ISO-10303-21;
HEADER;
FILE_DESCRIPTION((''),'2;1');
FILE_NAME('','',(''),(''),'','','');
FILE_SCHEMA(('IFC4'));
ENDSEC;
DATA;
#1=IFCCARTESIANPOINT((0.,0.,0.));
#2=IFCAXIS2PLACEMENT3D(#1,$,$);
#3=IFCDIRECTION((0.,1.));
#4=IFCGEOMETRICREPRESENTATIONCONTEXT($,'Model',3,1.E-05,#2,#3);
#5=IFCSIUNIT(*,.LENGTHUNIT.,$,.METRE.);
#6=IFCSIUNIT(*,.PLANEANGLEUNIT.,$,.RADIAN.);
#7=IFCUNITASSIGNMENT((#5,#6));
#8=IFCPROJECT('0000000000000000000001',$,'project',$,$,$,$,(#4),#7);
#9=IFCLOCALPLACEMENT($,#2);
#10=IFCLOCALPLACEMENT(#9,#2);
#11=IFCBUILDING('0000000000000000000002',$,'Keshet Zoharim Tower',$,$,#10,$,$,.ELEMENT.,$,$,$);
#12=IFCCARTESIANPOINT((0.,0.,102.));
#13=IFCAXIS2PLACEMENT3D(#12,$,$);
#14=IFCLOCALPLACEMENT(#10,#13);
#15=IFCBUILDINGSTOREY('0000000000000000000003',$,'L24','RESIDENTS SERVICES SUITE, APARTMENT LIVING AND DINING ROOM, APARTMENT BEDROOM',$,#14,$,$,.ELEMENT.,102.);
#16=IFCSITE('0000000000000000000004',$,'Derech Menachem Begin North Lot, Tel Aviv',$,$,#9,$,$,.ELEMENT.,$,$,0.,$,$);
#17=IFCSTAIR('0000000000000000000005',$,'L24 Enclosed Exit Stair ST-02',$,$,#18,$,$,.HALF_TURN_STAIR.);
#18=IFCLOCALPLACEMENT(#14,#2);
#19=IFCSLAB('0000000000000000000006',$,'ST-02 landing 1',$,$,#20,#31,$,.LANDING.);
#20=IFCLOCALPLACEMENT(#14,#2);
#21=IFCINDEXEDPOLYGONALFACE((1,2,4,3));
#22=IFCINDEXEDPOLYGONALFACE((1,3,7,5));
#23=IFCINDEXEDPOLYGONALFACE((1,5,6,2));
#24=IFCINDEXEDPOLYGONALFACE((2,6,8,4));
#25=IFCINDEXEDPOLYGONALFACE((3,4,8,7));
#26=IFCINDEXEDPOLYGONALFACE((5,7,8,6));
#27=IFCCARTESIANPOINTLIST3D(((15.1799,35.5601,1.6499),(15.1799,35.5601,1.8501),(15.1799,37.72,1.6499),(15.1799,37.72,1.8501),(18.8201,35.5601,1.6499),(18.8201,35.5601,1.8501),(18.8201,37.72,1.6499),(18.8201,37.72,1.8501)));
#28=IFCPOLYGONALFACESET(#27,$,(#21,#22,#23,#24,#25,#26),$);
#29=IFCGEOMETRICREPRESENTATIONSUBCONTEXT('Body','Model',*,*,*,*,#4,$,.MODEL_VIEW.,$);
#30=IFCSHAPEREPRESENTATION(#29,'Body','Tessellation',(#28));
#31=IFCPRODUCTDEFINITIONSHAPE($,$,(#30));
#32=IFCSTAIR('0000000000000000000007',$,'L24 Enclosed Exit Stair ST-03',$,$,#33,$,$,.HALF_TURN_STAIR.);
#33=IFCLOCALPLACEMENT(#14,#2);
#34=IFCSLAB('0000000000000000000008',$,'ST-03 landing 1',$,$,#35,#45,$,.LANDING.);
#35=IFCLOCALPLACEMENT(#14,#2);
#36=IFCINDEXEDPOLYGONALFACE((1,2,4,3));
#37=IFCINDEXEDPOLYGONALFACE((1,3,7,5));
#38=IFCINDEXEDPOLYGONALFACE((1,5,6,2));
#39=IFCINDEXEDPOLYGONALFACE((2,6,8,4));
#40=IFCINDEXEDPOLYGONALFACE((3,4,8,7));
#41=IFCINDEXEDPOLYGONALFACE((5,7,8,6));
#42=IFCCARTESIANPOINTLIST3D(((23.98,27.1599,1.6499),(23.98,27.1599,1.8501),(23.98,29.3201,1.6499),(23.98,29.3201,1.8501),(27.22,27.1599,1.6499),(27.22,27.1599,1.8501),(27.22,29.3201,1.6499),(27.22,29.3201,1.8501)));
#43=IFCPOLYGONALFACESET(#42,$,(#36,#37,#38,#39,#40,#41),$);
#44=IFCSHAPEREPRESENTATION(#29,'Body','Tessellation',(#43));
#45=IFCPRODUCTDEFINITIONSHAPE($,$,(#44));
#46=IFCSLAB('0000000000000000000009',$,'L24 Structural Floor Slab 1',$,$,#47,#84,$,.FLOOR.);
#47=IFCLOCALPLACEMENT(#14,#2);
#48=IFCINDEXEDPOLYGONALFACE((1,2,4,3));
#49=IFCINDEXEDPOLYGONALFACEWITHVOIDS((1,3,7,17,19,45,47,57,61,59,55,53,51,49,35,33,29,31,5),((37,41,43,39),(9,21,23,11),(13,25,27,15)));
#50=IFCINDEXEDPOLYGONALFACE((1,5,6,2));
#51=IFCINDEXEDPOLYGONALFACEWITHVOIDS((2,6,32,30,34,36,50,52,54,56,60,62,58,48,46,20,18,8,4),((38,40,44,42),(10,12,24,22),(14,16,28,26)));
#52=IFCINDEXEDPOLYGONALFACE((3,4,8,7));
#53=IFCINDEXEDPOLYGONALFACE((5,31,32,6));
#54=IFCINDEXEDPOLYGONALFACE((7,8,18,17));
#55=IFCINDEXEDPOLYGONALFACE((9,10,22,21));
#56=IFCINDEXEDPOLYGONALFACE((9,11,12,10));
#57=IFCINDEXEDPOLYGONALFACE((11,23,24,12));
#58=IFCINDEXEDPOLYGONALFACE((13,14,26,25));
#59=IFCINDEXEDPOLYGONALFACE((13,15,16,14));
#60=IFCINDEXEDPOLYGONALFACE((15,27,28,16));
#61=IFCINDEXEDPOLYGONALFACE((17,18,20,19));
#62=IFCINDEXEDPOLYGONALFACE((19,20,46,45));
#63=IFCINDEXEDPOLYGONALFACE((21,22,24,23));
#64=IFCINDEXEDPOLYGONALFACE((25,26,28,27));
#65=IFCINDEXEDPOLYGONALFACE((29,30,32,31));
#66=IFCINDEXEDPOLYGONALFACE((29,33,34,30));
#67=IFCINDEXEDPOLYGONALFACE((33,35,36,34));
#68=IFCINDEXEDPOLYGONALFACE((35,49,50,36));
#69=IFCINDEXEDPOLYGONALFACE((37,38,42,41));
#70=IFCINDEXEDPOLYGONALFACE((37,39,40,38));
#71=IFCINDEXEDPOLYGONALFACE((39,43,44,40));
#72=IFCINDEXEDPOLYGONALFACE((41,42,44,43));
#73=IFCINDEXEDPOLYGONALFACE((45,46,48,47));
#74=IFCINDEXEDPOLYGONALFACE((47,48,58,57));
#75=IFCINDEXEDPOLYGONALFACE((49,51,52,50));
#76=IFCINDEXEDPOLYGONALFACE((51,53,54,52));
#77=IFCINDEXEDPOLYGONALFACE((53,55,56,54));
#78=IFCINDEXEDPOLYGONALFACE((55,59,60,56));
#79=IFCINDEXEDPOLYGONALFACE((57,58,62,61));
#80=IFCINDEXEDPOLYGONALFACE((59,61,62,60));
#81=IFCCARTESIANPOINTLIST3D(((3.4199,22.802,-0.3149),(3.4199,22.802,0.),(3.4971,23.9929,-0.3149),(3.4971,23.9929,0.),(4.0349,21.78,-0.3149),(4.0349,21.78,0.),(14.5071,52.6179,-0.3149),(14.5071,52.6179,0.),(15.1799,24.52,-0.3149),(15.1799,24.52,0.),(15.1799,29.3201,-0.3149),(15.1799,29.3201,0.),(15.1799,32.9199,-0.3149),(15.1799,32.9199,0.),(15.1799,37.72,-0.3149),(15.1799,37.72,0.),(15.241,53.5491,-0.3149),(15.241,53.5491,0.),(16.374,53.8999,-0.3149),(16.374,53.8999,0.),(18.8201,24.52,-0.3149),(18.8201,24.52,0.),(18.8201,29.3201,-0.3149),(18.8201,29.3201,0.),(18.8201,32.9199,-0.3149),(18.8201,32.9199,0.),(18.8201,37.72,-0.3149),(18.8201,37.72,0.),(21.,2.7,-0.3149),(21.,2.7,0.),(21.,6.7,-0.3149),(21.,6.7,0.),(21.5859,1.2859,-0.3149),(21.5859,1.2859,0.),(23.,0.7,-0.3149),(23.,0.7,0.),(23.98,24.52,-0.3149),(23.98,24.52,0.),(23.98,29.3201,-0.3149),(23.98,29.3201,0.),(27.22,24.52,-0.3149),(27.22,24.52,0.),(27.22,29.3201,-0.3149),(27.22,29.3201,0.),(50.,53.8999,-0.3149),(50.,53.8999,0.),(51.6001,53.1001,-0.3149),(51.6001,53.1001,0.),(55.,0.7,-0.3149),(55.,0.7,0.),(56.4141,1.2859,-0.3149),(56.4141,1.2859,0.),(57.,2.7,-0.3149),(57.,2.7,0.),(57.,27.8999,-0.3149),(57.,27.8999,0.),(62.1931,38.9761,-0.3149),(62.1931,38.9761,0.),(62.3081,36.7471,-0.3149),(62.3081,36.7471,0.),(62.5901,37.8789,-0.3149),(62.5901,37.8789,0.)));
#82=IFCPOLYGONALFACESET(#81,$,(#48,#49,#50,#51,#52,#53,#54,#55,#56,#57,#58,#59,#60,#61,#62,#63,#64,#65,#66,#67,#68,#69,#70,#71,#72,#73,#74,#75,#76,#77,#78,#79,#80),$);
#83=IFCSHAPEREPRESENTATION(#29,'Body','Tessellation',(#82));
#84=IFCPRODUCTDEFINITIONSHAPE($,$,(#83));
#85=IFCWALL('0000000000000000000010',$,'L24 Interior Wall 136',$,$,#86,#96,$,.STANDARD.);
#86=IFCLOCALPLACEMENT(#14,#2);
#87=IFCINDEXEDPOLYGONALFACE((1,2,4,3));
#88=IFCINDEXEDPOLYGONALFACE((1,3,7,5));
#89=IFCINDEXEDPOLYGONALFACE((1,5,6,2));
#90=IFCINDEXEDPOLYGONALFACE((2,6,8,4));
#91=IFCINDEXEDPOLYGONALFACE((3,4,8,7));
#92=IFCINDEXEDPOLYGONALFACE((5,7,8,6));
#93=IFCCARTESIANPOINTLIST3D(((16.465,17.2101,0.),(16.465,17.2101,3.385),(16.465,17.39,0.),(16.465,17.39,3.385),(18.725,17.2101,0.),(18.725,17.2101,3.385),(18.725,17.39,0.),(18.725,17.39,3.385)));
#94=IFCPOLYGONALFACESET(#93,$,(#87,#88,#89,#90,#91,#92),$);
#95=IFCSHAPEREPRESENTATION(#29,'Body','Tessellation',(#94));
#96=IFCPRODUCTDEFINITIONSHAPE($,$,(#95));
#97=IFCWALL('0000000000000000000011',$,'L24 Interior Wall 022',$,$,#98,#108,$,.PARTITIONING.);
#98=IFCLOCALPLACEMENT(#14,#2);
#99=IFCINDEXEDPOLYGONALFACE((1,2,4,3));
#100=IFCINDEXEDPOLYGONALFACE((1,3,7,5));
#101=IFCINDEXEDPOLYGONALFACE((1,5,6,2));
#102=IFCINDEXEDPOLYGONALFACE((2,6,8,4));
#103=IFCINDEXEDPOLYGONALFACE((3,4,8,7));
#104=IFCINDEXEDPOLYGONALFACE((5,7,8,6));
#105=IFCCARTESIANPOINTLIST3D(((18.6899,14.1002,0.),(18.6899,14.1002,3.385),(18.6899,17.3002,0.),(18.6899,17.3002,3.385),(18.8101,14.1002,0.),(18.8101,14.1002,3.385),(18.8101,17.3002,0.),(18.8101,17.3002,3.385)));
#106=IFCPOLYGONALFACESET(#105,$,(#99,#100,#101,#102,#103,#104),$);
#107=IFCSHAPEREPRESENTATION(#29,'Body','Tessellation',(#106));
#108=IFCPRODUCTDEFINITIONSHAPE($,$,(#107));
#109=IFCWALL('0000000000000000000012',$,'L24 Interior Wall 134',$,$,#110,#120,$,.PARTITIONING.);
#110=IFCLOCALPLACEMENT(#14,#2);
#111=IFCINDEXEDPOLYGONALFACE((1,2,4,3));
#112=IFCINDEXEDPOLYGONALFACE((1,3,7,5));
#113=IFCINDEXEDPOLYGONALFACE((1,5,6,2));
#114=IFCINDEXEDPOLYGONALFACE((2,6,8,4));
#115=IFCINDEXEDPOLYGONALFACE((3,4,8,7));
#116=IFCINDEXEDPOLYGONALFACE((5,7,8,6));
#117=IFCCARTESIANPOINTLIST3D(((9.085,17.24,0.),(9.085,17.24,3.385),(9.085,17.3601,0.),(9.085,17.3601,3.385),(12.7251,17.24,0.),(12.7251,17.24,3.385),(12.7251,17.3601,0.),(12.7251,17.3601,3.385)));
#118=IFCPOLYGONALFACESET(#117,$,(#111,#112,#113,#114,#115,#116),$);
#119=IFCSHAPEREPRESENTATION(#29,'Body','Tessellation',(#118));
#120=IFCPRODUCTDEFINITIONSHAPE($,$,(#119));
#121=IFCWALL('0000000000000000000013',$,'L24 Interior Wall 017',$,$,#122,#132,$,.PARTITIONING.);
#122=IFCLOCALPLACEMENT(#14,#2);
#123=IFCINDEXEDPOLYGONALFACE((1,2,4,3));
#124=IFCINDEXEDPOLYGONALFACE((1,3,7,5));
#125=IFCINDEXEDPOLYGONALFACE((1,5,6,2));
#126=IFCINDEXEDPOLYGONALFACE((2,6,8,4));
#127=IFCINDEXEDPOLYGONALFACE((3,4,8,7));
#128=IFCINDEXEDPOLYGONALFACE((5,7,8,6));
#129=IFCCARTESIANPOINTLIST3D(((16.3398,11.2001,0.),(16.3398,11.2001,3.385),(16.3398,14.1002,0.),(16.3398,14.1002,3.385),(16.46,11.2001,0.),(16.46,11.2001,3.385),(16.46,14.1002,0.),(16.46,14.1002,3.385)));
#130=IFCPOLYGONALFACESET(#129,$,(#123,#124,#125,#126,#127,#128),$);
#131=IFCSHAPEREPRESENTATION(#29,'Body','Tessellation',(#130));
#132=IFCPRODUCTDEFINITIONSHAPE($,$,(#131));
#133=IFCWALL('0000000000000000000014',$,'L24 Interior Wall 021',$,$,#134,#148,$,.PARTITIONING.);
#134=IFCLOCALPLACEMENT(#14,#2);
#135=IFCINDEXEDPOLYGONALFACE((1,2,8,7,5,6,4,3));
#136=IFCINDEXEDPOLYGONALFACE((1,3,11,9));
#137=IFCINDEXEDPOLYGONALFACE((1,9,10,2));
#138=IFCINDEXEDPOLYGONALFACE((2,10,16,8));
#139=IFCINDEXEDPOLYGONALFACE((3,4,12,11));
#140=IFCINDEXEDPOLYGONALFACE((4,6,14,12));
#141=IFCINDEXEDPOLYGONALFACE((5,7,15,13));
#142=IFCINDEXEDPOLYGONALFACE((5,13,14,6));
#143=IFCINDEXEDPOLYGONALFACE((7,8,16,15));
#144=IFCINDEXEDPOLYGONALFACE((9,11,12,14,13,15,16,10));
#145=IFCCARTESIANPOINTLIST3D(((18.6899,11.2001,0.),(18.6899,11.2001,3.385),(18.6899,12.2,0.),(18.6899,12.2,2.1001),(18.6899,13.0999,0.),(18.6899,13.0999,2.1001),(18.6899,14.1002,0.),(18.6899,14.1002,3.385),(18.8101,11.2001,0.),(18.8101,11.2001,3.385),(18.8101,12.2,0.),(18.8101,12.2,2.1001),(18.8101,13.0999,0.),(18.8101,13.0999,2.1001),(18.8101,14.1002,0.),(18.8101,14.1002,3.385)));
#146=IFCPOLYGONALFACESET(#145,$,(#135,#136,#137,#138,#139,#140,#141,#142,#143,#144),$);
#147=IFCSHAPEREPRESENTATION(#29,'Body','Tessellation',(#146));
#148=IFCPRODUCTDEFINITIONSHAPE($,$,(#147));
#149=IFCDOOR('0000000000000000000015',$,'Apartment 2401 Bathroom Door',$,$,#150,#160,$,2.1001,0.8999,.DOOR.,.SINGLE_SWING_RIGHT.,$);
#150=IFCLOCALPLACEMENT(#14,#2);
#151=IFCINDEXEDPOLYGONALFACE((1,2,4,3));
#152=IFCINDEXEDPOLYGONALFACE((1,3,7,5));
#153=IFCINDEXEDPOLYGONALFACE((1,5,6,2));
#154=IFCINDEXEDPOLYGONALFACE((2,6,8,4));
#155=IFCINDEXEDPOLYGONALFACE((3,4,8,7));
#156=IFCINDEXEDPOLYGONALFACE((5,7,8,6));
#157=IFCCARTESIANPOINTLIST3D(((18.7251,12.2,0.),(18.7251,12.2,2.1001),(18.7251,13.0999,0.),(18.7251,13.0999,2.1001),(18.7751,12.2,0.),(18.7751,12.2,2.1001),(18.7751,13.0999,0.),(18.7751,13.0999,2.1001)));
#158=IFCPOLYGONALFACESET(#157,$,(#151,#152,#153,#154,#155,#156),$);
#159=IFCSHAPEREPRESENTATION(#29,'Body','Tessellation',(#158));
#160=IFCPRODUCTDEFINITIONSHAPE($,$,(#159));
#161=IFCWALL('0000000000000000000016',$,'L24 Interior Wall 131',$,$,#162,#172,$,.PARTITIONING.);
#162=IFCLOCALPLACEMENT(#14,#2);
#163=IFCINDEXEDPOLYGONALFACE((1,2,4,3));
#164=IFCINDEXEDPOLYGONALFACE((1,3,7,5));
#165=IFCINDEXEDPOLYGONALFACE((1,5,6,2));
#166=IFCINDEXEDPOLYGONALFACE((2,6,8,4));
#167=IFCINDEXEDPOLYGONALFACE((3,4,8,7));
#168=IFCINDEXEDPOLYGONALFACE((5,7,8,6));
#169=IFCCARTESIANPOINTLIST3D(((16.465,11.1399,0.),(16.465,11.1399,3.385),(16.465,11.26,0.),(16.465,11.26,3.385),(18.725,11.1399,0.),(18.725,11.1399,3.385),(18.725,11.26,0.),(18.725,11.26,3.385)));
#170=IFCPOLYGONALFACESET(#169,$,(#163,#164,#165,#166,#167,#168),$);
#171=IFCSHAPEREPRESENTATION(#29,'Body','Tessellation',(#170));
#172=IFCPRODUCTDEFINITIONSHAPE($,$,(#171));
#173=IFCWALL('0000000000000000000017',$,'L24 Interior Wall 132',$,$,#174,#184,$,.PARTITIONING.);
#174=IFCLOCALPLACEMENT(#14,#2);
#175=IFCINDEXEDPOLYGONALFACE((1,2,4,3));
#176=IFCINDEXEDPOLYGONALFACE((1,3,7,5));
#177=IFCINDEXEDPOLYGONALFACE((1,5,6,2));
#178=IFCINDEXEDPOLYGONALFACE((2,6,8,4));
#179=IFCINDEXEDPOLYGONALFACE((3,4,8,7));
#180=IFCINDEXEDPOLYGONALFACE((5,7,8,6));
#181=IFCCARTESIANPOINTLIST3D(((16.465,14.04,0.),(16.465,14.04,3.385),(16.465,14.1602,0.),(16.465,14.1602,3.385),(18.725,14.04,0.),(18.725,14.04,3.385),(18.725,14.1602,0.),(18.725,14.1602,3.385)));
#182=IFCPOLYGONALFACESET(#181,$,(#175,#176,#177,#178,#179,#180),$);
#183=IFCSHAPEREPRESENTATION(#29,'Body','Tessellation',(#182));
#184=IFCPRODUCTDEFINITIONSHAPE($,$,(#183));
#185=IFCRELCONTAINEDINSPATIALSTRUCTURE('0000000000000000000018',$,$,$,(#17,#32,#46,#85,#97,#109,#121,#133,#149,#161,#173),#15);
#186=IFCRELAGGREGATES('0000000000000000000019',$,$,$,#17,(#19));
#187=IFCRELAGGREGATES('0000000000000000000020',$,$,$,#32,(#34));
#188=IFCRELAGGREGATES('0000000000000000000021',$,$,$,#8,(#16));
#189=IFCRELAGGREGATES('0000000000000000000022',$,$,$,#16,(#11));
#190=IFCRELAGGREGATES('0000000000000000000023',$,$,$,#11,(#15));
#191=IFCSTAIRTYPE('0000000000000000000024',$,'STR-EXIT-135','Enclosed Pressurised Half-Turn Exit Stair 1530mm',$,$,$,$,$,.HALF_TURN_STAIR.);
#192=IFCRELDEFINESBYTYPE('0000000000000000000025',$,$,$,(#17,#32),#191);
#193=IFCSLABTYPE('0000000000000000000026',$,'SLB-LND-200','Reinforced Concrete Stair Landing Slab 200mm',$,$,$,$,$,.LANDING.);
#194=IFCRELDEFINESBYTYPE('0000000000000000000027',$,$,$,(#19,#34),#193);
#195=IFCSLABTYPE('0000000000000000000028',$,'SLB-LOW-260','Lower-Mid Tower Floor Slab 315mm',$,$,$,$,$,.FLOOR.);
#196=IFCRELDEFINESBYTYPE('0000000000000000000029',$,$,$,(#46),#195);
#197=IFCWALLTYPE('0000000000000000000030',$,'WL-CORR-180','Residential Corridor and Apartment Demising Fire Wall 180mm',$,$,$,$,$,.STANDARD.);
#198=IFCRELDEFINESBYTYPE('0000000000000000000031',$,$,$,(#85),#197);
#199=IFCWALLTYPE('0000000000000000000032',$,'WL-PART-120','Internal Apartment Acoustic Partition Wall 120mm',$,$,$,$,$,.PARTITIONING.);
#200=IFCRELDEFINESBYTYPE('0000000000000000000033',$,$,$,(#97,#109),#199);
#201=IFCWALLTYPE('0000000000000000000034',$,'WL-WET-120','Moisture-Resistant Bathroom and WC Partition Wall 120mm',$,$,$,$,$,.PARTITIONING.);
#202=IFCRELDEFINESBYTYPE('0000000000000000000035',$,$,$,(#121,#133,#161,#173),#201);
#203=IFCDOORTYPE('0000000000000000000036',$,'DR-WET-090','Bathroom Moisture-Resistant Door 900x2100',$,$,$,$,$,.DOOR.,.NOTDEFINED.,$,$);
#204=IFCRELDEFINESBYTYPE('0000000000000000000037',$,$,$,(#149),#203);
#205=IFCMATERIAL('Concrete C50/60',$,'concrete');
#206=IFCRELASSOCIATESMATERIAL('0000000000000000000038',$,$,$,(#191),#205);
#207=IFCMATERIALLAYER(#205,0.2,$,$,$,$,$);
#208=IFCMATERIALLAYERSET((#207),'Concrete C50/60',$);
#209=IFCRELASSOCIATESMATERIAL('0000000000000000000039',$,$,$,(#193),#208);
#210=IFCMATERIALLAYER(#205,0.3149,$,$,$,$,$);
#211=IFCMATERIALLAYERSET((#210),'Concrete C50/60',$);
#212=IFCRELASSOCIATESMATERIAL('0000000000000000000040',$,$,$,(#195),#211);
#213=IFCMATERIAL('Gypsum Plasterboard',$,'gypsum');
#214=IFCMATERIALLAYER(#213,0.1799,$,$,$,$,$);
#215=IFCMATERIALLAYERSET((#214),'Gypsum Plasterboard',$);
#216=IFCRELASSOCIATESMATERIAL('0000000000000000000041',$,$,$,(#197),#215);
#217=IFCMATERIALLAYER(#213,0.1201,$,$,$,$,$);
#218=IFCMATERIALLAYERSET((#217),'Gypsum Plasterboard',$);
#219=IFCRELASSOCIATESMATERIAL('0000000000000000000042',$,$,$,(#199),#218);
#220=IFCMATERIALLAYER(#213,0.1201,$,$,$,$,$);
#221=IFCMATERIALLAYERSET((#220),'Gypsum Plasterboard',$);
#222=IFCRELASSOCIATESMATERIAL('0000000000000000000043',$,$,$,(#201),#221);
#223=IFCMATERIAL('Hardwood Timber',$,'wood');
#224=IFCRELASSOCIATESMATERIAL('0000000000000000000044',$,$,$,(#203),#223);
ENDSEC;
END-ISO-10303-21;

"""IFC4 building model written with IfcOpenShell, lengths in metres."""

from ifc_helpers import new_model, si_unit, direction, frame, frame_2d, origin, place, context, subcontext, project, spatial, polyline, rectangle, outline, extrude, material, layer, layer_set, type_object, element, fill, aggregate, save


model = new_model("IFC4")

# Units and contexts
model_context = context("Model", 3, precision=1e-05, world=origin(), true_north=direction((0.0, 1.0)))
body_context = subcontext(model_context, "Body", "Model", "MODEL_VIEW")
ifc_project = project(units=[si_unit("LENGTHUNIT", "METRE"), si_unit("PLANEANGLEUNIT", "RADIAN")], contexts=[model_context])

# Site, building, storey
site_placement = place(None, origin())
site = spatial("IfcSite", under=ifc_project, at=site_placement, Name="Derech Menachem Begin North Lot, Tel Aviv", CompositionType="ELEMENT", RefElevation=0.0)
building_placement = place(site_placement, origin())
building = spatial("IfcBuilding", under=site, at=building_placement, Name="Keshet Zoharim Tower", CompositionType="ELEMENT")
storey_placement = place(building_placement, frame((0.0, 0.0, 102.0)))
storey = spatial("IfcBuildingStorey", under=building, at=storey_placement, Name="L24", Description="RESIDENTS SERVICES SUITE, APARTMENT LIVING AND DINING ROOM, APARTMENT BEDROOM", CompositionType="ELEMENT", Elevation=102.0)

# Stairs, slabs
ifc_material_1 = material(Name="Concrete C50/60", Category="concrete")
stair_type = type_object("IfcStairType", Name="STR-EXIT-135", Description="Enclosed Pressurised Half-Turn Exit Stair 1530mm", PredefinedType="HALF_TURN_STAIR", material=ifc_material_1)
ifc_layer_1 = layer(ifc_material_1, 0.2)
ifc_layer_set_1 = layer_set([ifc_layer_1], Name="Concrete C50/60")
slab_type_1 = type_object("IfcSlabType", Name="SLB-LND-200", Description="Reinforced Concrete Stair Landing Slab 200mm", PredefinedType="LANDING", material=ifc_layer_set_1)
stair_1_placement = place(storey_placement, origin())
stair_1 = element("IfcStair", 1, at=stair_1_placement, inside=storey, type_object=stair_type, Name="L24 Enclosed Exit Stair ST-02", PredefinedType="HALF_TURN_STAIR")
slab_1_placement = place(storey_placement, frame((0.0, 0.0, 1.6499)))
slab_1 = element("IfcSlab", 2, at=slab_1_placement, type_object=slab_type_1, Name="ST-02 landing 1", PredefinedType="LANDING", context=body_context, shape_type="SweptSolid", body=[
    extrude(outline(polyline([(15.1799, 35.5601), (18.8201, 35.5601), (18.8201, 37.72), (15.1799, 37.72), (15.1799, 35.5601)])), origin(), (0.0, 0.0, 1.0), 0.2002),
])
aggregate(stair_1, [slab_1])
stair_2_placement = place(storey_placement, origin())
stair_2 = element("IfcStair", 3, at=stair_2_placement, inside=storey, type_object=stair_type, Name="L24 Enclosed Exit Stair ST-03", PredefinedType="HALF_TURN_STAIR")
slab_2_placement = place(storey_placement, frame((0.0, 0.0, 1.6499)))
slab_2 = element("IfcSlab", 4, at=slab_2_placement, type_object=slab_type_1, Name="ST-03 landing 1", PredefinedType="LANDING", context=body_context, shape_type="SweptSolid", body=[
    extrude(outline(polyline([(23.98, 27.1599), (27.22, 27.1599), (27.22, 29.3201), (23.98, 29.3201), (23.98, 27.1599)])), origin(), (0.0, 0.0, 1.0), 0.2002),
])
aggregate(stair_2, [slab_2])

# Slab
ifc_layer_2 = layer(ifc_material_1, 0.3149)
ifc_layer_set_2 = layer_set([ifc_layer_2], Name="Concrete C50/60")
slab_type_2 = type_object("IfcSlabType", Name="SLB-LOW-260", Description="Lower-Mid Tower Floor Slab 315mm", PredefinedType="FLOOR", material=ifc_layer_set_2)
slab_3_placement = place(storey_placement, frame((0.0, 0.0, -0.3149)))
element("IfcSlab", 5, at=slab_3_placement, inside=storey, type_object=slab_type_2, Name="L24 Structural Floor Slab 1", PredefinedType="FLOOR", context=body_context, shape_type="SweptSolid", body=[
    extrude(outline(polyline([(57.0, 2.7), (56.4141, 1.2859), (55.0, 0.7), (23.0, 0.7), (21.5859, 1.2859), (21.0, 2.7), (21.0, 6.7), (4.0349, 21.78), (3.4199, 22.802), (3.4971, 23.9929), (14.5071, 52.6179), (15.241, 53.5491), (16.374, 53.8999), (50.0, 53.8999), (51.6001, 53.1001), (62.1931, 38.9761), (62.5901, 37.8789), (62.3081, 36.7471), (57.0, 27.8999), (57.0, 2.7)]), holes=[polyline([(15.1799, 24.52), (18.8201, 24.52), (18.8201, 29.3201), (15.1799, 29.3201), (15.1799, 24.52)]), polyline([(15.1799, 32.9199), (18.8201, 32.9199), (18.8201, 37.72), (15.1799, 37.72), (15.1799, 32.9199)]), polyline([(23.98, 24.52), (27.22, 24.52), (27.22, 29.3201), (23.98, 29.3201), (23.98, 24.52)])]), origin(), (0.0, 0.0, 1.0), 0.3149),
])

# Shared definitions
ifc_material_2 = material(Name="Gypsum Plasterboard", Category="gypsum")
ifc_layer_3 = layer(ifc_material_2, 0.1799)
ifc_layer_set_3 = layer_set([ifc_layer_3], Name="Gypsum Plasterboard")
wall_type_1 = type_object("IfcWallType", Name="WL-CORR-180", Description="Residential Corridor and Apartment Demising Fire Wall 180mm", PredefinedType="STANDARD", material=ifc_layer_set_3)
ifc_material_3 = material(Name="Hardwood Timber", Category="wood")

# Wall
wall_1_placement = place(storey_placement, frame((16.4651, 17.3, 0.0), z_axis=(0.0, 0.0, 1.0), x_axis=(1.0, 0.0, 0.0)))
element("IfcWall", 6, at=wall_1_placement, inside=storey, type_object=wall_type_1, Name="L24 Interior Wall 136", PredefinedType="STANDARD", context=body_context, shape_type="SweptSolid", body=[
    extrude(rectangle(XDim=2.26, YDim=0.1799, at=frame_2d((1.1299, 0.0))), origin(), (0.0, 0.0, 1.0), 3.385),
])

# Shared definitions
ifc_layer_4 = layer(ifc_material_2, 0.1201)
ifc_layer_set_4 = layer_set([ifc_layer_4], Name="Gypsum Plasterboard")
wall_type_2 = type_object("IfcWallType", Name="WL-PART-120", Description="Internal Apartment Acoustic Partition Wall 120mm", PredefinedType="PARTITIONING", material=ifc_layer_set_4)

# Walls
wall_2_placement = place(storey_placement, frame((18.75, 14.1001, 0.0), z_axis=(0.0, 0.0, 1.0), x_axis=(0.0, 1.0, 0.0)))
element("IfcWall", 7, at=wall_2_placement, inside=storey, type_object=wall_type_2, Name="L24 Interior Wall 022", PredefinedType="PARTITIONING", context=body_context, shape_type="SweptSolid", body=[
    extrude(rectangle(XDim=3.2, YDim=0.1201, at=frame_2d((1.6001, 0.0))), origin(), (0.0, 0.0, 1.0), 3.385),
])
wall_3_placement = place(storey_placement, frame((9.085, 17.3, 0.0), z_axis=(0.0, 0.0, 1.0), x_axis=(1.0, 0.0, 0.0)))
element("IfcWall", 8, at=wall_3_placement, inside=storey, type_object=wall_type_2, Name="L24 Interior Wall 134", PredefinedType="PARTITIONING", context=body_context, shape_type="SweptSolid", body=[
    extrude(rectangle(XDim=3.6401, YDim=0.1201, at=frame_2d((1.8201, 0.0))), origin(), (0.0, 0.0, 1.0), 3.385),
])
ifc_layer_5 = layer(ifc_material_2, 0.1201)
ifc_layer_set_5 = layer_set([ifc_layer_5], Name="Gypsum Plasterboard")
wall_type_3 = type_object("IfcWallType", Name="WL-WET-120", Description="Moisture-Resistant Bathroom and WC Partition Wall 120mm", PredefinedType="PARTITIONING", material=ifc_layer_set_5)
wall_4_placement = place(storey_placement, frame((16.3999, 11.2, 0.0), z_axis=(0.0, 0.0, 1.0), x_axis=(0.0, 1.0, 0.0)))
element("IfcWall", 9, at=wall_4_placement, inside=storey, type_object=wall_type_3, Name="L24 Interior Wall 017", PredefinedType="PARTITIONING", context=body_context, shape_type="SweptSolid", body=[
    extrude(rectangle(XDim=2.9001, YDim=0.1201, at=frame_2d((1.4502, 0.0))), origin(), (0.0, 0.0, 1.0), 3.385),
])

# Wall, opening, door
wall_5_placement = place(storey_placement, frame((18.75, 11.2, 0.0), z_axis=(0.0, 0.0, 1.0), x_axis=(0.0, 1.0, 0.0)))
wall_5 = element("IfcWall", 10, at=wall_5_placement, inside=storey, type_object=wall_type_3, Name="L24 Interior Wall 021", PredefinedType="PARTITIONING", context=body_context, shape_type="SweptSolid", body=[
    extrude(rectangle(XDim=2.9001, YDim=0.1201, at=frame_2d((1.4502, 0.0))), origin(), (0.0, 0.0, 1.0), 3.385),
])
opening_1_placement = place(wall_5_placement, frame((1.0, 0.0, 0.0)))
opening_1 = element("IfcOpeningElement", 11, at=opening_1_placement, cuts=wall_5, PredefinedType="OPENING", context=body_context, shape_type="SweptSolid", body=[
    extrude(rectangle(XDim=0.8999, YDim=2.1001, at=frame_2d((0.45, 1.05))), frame((0.0, 0.0701, 0.0), z_axis=(0.0, -1.0, 0.0), x_axis=(1.0, 0.0, 0.0)), (0.0, 0.0, 1.0), 0.1401),
])
door_type_1 = type_object("IfcDoorType", Name="DR-WET-090", Description="Bathroom Moisture-Resistant Door 900x2100", OperationType="NOTDEFINED", PredefinedType="DOOR", material=ifc_material_3)
door_1_placement = place(opening_1_placement, origin())
door_1 = element("IfcDoor", 12, at=door_1_placement, inside=storey, type_object=door_type_1, Name="Apartment 2401 Bathroom Door", OperationType="SINGLE_SWING_RIGHT", OverallHeight=2.1001, OverallWidth=0.8999, PredefinedType="DOOR", context=body_context, shape_type="SweptSolid", body=[
    extrude(rectangle(XDim=0.8999, YDim=2.1001, at=frame_2d((0.45, 1.05))), frame((0.0, 0.0249, 0.0), z_axis=(0.0, -1.0, 0.0), x_axis=(1.0, 0.0, 0.0)), (0.0, 0.0, 1.0), 0.05),
])
fill(opening_1, door_1)

# Walls
for number, where, z_axis, x_axis, name in (
    (13, (16.4651, 11.2, 0.0), (0.0, 0.0, 1.0), (1.0, 0.0, 0.0), "L24 Interior Wall 131"),
    (14, (16.4651, 14.1001, 0.0), (0.0, 0.0, 1.0), (1.0, 0.0, 0.0), "L24 Interior Wall 132"),
):
    element("IfcWall", number, at=place(storey_placement, frame(where, z_axis=z_axis, x_axis=x_axis)), inside=storey, type_object=wall_type_3, Name=name, PredefinedType="PARTITIONING", context=body_context, shape_type="SweptSolid", body=[
        extrude(rectangle(XDim=2.26, YDim=0.1201, at=frame_2d((1.1299, 0.0))), origin(), (0.0, 0.0, 1.0), 3.385),
    ])

save(model, "model.ifc")
